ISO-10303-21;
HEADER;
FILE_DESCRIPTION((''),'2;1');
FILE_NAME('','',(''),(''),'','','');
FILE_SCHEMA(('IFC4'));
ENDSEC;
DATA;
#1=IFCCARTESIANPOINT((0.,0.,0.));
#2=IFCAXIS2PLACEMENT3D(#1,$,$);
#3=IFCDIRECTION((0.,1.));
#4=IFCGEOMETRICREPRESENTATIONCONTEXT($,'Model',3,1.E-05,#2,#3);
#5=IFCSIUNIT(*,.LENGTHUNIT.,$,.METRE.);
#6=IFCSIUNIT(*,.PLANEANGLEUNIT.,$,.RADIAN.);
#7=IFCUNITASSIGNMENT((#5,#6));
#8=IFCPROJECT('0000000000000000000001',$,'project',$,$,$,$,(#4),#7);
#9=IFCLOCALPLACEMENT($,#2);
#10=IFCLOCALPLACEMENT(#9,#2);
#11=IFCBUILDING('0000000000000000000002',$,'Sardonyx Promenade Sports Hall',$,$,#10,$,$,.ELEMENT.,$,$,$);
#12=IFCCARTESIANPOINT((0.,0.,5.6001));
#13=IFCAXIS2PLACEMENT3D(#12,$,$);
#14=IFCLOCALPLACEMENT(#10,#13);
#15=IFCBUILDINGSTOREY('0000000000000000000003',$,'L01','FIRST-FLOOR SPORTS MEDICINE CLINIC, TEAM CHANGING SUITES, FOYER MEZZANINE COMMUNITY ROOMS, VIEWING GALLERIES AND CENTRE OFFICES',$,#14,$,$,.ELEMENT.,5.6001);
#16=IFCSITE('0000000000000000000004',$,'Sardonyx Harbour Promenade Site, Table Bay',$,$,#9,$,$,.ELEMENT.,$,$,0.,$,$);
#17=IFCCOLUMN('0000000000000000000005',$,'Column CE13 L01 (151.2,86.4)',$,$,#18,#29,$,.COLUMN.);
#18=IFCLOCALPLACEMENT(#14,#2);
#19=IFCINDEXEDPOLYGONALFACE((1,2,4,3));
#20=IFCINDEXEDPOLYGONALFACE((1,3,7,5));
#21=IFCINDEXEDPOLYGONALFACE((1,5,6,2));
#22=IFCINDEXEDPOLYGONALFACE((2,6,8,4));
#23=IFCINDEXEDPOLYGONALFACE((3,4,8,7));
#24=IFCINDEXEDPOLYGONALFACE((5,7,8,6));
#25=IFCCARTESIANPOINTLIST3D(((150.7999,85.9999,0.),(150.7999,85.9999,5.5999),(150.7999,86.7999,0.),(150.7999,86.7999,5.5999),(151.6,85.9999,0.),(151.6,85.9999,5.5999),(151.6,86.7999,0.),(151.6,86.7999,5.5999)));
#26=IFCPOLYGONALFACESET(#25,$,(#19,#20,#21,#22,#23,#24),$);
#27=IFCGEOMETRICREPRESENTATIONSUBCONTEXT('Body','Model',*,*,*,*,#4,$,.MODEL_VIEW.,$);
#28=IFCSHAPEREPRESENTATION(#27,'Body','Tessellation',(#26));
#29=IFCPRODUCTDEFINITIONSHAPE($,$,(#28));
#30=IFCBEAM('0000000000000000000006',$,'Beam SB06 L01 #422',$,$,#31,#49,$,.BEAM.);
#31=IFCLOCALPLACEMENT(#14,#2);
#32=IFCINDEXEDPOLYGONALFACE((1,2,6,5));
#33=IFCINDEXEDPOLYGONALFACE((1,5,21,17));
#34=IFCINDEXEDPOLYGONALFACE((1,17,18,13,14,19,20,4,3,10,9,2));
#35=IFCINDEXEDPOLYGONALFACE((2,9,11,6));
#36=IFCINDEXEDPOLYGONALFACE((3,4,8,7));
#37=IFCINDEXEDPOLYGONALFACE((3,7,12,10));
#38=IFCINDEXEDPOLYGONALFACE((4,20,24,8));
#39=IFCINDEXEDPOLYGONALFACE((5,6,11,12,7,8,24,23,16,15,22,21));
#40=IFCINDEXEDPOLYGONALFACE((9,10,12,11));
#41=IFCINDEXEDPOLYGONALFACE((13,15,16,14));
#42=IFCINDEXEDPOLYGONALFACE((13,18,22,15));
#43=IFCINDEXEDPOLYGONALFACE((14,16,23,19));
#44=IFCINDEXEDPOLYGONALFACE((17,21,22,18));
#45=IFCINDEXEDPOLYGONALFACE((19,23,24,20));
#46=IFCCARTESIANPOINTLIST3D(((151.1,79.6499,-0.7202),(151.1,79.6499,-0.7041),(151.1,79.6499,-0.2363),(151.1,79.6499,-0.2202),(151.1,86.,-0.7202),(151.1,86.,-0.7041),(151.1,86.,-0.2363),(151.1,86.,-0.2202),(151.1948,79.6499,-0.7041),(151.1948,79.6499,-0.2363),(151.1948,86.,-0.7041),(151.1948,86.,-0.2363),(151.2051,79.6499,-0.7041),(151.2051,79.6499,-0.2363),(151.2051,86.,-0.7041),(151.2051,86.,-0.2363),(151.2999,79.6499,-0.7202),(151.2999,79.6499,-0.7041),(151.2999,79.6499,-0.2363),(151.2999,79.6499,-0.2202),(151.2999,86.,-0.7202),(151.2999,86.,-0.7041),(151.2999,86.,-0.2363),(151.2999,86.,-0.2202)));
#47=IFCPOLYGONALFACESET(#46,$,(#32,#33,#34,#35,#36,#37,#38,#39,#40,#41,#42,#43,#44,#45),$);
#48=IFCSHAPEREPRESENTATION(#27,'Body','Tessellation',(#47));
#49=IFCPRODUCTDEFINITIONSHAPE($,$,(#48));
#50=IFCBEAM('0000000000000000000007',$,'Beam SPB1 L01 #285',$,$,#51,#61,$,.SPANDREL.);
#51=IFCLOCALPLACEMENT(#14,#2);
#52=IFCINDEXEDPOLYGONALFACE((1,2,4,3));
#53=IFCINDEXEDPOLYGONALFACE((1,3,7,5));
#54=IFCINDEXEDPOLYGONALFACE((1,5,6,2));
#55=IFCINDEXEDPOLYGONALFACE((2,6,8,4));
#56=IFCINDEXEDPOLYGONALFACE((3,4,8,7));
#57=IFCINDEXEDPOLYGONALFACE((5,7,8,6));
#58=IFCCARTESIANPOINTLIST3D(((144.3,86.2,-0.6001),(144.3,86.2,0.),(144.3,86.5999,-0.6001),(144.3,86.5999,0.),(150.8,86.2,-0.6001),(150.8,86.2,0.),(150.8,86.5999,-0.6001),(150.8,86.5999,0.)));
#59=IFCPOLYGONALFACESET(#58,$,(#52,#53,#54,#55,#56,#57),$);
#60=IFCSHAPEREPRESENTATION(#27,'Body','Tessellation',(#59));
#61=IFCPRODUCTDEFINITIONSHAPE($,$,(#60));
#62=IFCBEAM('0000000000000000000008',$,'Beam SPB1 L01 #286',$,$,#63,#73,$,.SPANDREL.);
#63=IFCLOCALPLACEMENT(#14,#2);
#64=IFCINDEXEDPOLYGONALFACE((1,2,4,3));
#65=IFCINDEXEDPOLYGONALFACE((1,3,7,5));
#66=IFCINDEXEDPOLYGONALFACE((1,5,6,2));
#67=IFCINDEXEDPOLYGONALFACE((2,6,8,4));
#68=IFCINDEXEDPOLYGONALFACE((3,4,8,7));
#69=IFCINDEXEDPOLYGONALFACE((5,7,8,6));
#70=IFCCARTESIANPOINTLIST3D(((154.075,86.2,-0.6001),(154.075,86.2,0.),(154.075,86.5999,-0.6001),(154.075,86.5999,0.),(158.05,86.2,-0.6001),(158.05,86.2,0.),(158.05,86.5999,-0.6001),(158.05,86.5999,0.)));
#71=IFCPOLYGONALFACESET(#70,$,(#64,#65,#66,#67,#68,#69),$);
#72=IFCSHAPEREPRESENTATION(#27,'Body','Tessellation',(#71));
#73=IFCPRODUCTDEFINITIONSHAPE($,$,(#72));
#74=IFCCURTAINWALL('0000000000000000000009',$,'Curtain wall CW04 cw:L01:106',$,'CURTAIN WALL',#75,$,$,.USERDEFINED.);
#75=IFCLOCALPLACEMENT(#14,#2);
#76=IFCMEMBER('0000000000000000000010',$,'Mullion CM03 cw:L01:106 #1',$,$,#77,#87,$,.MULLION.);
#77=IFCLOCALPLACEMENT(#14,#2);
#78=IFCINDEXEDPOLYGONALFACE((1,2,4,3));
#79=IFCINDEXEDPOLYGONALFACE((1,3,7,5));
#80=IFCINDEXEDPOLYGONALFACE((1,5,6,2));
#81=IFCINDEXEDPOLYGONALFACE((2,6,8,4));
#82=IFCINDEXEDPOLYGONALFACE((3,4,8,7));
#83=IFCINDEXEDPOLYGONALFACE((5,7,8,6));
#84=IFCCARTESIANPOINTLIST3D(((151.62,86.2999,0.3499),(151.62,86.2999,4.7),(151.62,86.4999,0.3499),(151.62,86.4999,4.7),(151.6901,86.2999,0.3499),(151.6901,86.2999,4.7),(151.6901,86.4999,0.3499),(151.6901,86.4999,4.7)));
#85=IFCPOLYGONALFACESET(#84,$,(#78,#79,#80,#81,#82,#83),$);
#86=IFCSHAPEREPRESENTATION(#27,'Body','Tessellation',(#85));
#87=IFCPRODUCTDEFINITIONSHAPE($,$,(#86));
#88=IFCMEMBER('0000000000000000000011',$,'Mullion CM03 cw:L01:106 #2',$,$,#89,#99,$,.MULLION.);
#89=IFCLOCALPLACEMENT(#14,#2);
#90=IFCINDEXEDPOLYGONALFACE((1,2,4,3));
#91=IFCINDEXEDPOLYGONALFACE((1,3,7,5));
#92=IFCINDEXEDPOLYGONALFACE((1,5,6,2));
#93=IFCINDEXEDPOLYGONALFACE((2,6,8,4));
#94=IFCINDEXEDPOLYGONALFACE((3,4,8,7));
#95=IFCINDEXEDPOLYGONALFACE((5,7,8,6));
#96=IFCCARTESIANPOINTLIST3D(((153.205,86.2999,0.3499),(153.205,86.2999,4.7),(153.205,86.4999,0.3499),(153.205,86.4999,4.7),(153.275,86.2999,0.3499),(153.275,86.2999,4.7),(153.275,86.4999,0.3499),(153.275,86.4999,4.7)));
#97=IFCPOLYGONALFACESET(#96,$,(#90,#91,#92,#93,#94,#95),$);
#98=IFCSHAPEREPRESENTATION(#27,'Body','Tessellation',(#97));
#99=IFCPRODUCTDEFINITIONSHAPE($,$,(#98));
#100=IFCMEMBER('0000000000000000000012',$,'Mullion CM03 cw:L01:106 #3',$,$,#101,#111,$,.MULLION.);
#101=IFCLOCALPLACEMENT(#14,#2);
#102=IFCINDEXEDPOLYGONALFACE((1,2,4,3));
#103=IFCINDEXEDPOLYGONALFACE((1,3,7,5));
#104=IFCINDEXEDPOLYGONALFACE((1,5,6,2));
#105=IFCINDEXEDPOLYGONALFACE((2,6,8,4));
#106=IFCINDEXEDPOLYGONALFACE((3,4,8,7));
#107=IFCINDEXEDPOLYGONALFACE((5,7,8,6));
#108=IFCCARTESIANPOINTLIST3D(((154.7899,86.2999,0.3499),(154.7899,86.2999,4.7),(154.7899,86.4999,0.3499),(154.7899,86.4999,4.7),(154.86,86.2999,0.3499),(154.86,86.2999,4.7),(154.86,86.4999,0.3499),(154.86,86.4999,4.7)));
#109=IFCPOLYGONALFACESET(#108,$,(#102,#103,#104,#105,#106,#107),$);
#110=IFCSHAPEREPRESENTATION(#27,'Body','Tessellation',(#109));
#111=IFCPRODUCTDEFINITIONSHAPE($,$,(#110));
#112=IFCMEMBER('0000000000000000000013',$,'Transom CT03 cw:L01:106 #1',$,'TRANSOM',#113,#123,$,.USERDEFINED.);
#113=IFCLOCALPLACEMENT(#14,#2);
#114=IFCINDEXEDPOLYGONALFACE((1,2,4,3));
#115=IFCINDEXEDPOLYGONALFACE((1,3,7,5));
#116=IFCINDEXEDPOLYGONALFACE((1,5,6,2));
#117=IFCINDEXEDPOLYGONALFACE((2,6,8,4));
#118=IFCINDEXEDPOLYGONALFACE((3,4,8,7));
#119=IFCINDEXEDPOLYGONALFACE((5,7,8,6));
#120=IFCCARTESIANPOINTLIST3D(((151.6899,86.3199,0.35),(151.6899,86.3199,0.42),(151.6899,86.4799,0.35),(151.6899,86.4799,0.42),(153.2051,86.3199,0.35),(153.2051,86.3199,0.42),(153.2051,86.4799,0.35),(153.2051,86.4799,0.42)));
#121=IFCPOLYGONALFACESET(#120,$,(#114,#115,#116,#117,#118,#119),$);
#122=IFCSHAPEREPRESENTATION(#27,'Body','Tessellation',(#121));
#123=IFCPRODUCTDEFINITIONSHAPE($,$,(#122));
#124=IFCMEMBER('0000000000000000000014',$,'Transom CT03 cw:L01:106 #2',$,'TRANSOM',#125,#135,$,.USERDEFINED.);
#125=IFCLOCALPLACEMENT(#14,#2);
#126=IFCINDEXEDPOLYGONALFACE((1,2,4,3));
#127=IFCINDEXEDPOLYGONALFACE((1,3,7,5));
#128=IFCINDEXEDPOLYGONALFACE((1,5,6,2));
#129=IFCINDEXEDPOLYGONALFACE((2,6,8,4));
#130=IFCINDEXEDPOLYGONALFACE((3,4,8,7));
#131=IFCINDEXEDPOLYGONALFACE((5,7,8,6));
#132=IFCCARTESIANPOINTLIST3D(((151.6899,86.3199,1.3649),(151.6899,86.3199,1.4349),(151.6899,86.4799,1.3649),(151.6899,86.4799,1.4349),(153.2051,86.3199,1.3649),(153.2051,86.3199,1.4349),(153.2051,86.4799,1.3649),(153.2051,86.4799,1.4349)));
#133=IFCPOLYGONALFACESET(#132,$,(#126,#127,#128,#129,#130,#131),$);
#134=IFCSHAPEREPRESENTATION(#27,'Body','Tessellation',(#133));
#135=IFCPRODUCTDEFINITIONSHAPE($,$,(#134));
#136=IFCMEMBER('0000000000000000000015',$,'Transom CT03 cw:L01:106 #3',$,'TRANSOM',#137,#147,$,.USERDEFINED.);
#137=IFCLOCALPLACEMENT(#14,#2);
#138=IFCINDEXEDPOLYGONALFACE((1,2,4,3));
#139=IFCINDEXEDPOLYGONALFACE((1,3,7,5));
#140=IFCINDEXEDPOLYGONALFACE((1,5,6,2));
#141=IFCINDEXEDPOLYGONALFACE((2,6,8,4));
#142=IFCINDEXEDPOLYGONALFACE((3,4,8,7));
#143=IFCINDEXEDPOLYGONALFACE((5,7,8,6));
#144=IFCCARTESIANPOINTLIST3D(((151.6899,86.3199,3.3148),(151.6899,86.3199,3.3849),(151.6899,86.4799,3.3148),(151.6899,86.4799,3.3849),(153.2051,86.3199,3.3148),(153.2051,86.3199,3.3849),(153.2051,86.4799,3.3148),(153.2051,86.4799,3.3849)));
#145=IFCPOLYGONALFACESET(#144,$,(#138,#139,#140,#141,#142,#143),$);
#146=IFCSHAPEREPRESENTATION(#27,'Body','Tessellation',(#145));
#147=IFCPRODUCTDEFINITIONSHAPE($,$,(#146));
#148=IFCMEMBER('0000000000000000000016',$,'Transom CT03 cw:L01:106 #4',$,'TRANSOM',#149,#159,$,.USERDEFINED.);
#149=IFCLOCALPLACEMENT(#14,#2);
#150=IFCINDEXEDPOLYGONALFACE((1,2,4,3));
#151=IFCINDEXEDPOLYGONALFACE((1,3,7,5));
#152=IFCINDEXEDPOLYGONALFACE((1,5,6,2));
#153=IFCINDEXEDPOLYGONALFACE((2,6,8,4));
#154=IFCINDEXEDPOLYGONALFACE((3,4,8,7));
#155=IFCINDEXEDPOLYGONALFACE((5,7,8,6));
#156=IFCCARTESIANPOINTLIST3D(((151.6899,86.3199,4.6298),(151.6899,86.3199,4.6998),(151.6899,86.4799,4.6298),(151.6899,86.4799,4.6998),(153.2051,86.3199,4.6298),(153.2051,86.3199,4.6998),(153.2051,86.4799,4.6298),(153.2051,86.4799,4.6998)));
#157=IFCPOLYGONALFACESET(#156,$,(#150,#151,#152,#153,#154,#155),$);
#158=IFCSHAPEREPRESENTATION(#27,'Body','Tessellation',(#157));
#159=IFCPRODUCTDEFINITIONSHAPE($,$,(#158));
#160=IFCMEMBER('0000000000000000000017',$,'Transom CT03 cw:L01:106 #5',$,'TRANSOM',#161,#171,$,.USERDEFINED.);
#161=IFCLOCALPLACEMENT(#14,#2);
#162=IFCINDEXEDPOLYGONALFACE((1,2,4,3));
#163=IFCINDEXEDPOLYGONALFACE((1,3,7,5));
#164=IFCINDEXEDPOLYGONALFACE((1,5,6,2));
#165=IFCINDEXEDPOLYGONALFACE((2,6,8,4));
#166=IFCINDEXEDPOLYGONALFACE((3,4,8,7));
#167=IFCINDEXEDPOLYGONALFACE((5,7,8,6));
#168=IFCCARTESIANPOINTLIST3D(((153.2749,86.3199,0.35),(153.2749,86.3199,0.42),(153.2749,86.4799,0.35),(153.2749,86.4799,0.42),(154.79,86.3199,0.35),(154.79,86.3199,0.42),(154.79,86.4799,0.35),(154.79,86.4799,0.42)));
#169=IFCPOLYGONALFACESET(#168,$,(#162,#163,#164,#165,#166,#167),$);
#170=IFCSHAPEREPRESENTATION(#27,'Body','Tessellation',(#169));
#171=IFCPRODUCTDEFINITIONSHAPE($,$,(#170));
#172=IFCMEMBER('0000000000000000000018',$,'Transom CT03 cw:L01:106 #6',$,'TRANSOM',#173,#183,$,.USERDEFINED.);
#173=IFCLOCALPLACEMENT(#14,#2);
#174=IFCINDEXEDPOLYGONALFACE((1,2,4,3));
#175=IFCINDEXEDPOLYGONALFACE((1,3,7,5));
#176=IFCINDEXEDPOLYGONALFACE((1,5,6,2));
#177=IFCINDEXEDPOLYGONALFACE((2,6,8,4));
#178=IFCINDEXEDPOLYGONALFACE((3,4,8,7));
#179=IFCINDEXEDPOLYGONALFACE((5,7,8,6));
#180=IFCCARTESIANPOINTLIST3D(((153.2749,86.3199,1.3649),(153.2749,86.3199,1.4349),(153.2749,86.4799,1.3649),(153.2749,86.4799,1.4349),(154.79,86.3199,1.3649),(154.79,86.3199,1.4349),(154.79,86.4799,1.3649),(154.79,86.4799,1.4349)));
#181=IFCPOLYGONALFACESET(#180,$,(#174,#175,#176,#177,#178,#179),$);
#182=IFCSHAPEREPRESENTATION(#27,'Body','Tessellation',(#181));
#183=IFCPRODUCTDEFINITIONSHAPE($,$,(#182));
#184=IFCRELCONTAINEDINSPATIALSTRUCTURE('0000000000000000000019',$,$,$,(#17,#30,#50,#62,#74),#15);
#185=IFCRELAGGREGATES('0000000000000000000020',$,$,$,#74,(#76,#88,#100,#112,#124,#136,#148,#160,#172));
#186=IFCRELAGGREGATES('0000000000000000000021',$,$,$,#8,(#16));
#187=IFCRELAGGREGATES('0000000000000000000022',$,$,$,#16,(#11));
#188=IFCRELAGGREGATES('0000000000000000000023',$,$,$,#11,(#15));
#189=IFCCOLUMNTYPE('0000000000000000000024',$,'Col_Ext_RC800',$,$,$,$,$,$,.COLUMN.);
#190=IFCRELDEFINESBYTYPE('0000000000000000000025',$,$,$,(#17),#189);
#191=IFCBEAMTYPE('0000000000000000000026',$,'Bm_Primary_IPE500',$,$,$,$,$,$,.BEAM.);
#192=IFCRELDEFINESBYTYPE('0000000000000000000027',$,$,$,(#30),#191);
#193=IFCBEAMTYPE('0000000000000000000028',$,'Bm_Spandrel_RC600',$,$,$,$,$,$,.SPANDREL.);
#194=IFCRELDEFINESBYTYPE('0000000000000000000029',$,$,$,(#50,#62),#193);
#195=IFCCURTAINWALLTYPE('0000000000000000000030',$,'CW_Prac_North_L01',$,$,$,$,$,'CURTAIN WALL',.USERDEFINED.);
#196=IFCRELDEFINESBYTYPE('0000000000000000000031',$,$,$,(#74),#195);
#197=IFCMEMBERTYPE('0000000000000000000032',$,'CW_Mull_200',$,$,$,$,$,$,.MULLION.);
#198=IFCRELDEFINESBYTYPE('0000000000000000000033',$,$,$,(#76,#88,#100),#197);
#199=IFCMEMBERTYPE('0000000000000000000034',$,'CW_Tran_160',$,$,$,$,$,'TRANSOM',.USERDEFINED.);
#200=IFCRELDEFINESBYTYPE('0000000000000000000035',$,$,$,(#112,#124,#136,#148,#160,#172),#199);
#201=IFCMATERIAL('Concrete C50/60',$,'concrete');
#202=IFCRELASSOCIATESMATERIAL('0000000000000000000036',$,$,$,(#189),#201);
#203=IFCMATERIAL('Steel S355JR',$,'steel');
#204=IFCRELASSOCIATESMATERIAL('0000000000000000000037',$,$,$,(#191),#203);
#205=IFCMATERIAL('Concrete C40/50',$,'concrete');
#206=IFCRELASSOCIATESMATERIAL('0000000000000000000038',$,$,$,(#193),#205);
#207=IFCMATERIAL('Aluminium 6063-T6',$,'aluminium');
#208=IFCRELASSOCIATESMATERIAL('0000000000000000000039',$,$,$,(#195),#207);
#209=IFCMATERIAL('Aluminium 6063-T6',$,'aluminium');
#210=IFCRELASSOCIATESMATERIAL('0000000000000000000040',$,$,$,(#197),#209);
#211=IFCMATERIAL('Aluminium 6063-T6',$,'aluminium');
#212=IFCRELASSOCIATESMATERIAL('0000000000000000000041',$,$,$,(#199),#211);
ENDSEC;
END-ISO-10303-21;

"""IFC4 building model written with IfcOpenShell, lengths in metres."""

from ifc_helpers import new_model, si_unit, direction, frame, origin, origin_2d, place, context, subcontext, project, spatial, rectangle, i_section, extrude, material, material_profile, profile_set, type_object, element, aggregate, save


model = new_model("IFC4")

# Units and contexts
model_context = context("Model", 3, precision=1e-05, world=origin(), true_north=direction((0.0, 1.0)))
body_context = subcontext(model_context, "Body", "Model", "MODEL_VIEW")
ifc_project = project(units=[si_unit("LENGTHUNIT", "METRE"), si_unit("PLANEANGLEUNIT", "RADIAN")], contexts=[model_context])

# Site, building, storey
site_placement = place(None, origin())
site = spatial("IfcSite", under=ifc_project, at=site_placement, Name="Sardonyx Harbour Promenade Site, Table Bay", CompositionType="ELEMENT", RefElevation=0.0)
building_placement = place(site_placement, origin())
building = spatial("IfcBuilding", under=site, at=building_placement, Name="Sardonyx Promenade Sports Hall", CompositionType="ELEMENT")
storey_placement = place(building_placement, frame((0.0, 0.0, 5.6001)))
storey = spatial("IfcBuildingStorey", under=building, at=storey_placement, Name="L01", Description="FIRST-FLOOR SPORTS MEDICINE CLINIC, TEAM CHANGING SUITES, FOYER MEZZANINE COMMUNITY ROOMS, VIEWING GALLERIES AND CENTRE OFFICES", CompositionType="ELEMENT", Elevation=5.6001)

# Column
ifc_material_1 = material(Name="Concrete C50/60", Category="concrete")
ifc_material_profile_1 = material_profile(ifc_material_1, rectangle(XDim=0.8, YDim=0.8, at=origin_2d()))
ifc_profile_set_1 = profile_set([ifc_material_profile_1], Name="Concrete C50/60")
column_type = type_object("IfcColumnType", Name="Col_Ext_RC800", PredefinedType="COLUMN", material=ifc_profile_set_1)
column_placement = place(storey_placement, frame((151.2, 86.3999, 0.0), z_axis=(0.0, 0.0, 1.0), x_axis=(1.0, 0.0, 0.0)))
element("IfcColumn", 1, at=column_placement, inside=storey, type_object=column_type, Name="Column CE13 L01 (151.2,86.4)", PredefinedType="COLUMN", context=body_context, shape_type="SweptSolid", body=[
    extrude(rectangle(XDim=0.8, YDim=0.8, at=origin_2d()), origin(), (0.0, 0.0, 1.0), 5.5999),
])

# Beams
ifc_material_2 = material(Name="Steel S355JR", Category="steel")
ifc_material_profile_2 = material_profile(ifc_material_2, i_section(OverallWidth=0.2, OverallDepth=0.5, WebThickness=0.0103, FlangeThickness=0.0161, at=origin_2d()))
ifc_profile_set_2 = profile_set([ifc_material_profile_2], Name="Steel S355JR")
beam_type_1 = type_object("IfcBeamType", Name="Bm_Primary_IPE500", PredefinedType="BEAM", material=ifc_profile_set_2)
beam_1_placement = place(storey_placement, frame((151.2, 79.6499, -0.4702), z_axis=(0.0, 1.0, 0.0), x_axis=(-1.0, 0.0, 0.0)))
element("IfcBeam", 2, at=beam_1_placement, inside=storey, type_object=beam_type_1, Name="Beam SB06 L01 #422", PredefinedType="BEAM", context=body_context, shape_type="SweptSolid", body=[
    extrude(i_section(OverallWidth=0.2, OverallDepth=0.5, WebThickness=0.0103, FlangeThickness=0.0161, at=origin_2d()), origin(), (0.0, 0.0, 1.0), 6.3501),
])
ifc_material_3 = material(Name="Concrete C40/50", Category="concrete")
ifc_material_profile_3 = material_profile(ifc_material_3, rectangle(XDim=0.3999, YDim=0.6001, at=origin_2d()))
ifc_profile_set_3 = profile_set([ifc_material_profile_3], Name="Concrete C40/50")
beam_type_2 = type_object("IfcBeamType", Name="Bm_Spandrel_RC600", PredefinedType="SPANDREL", material=ifc_profile_set_3)
beam_2_placement = place(storey_placement, frame((144.3, 86.3999, -0.3), z_axis=(1.0, 0.0, 0.0), x_axis=(0.0, 1.0, 0.0)))
element("IfcBeam", 3, at=beam_2_placement, inside=storey, type_object=beam_type_2, Name="Beam SPB1 L01 #285", PredefinedType="SPANDREL", context=body_context, shape_type="SweptSolid", body=[
    extrude(rectangle(XDim=0.3999, YDim=0.6001, at=origin_2d()), origin(), (0.0, 0.0, 1.0), 6.5),
])
beam_3_placement = place(storey_placement, frame((154.075, 86.3999, -0.3), z_axis=(1.0, 0.0, 0.0), x_axis=(0.0, 1.0, 0.0)))
element("IfcBeam", 4, at=beam_3_placement, inside=storey, type_object=beam_type_2, Name="Beam SPB1 L01 #286", PredefinedType="SPANDREL", context=body_context, shape_type="SweptSolid", body=[
    extrude(rectangle(XDim=0.3999, YDim=0.6001, at=origin_2d()), origin(), (0.0, 0.0, 1.0), 3.9751),
])

# Curtain wall, members
ifc_material_4 = material(Name="Aluminium 6063-T6", Category="aluminium")
curtain_wall_type = type_object("IfcCurtainWallType", Name="CW_Prac_North_L01", ElementType="CURTAIN WALL", PredefinedType="USERDEFINED", material=ifc_material_4)
curtain_wall_placement = place(storey_placement, origin())
curtain_wall = element("IfcCurtainWall", 5, at=curtain_wall_placement, inside=storey, type_object=curtain_wall_type, Name="Curtain wall CW04 cw:L01:106", ObjectType="CURTAIN WALL", PredefinedType="USERDEFINED")
ifc_material_5 = material(Name="Aluminium 6063-T6", Category="aluminium")
ifc_material_profile_4 = material_profile(ifc_material_5, rectangle(XDim=0.0701, YDim=0.2, at=origin_2d()))
ifc_profile_set_4 = profile_set([ifc_material_profile_4], Name="Aluminium 6063-T6")
member_type_1 = type_object("IfcMemberType", Name="CW_Mull_200", PredefinedType="MULLION", material=ifc_profile_set_4)
member_1_placement = place(storey_placement, frame((151.655, 86.3999, 0.3499), z_axis=(0.0, 0.0, 1.0), x_axis=(1.0, 0.0, 0.0)))
member_1 = element("IfcMember", 6, at=member_1_placement, type_object=member_type_1, Name="Mullion CM03 cw:L01:106 #1", PredefinedType="MULLION", context=body_context, shape_type="SweptSolid", body=[
    extrude(rectangle(XDim=0.0701, YDim=0.2, at=origin_2d()), origin(), (0.0, 0.0, 1.0), 4.3501),
])
member_2_placement = place(storey_placement, frame((153.24, 86.3999, 0.3499), z_axis=(0.0, 0.0, 1.0), x_axis=(1.0, 0.0, 0.0)))
member_2 = element("IfcMember", 7, at=member_2_placement, type_object=member_type_1, Name="Mullion CM03 cw:L01:106 #2", PredefinedType="MULLION", context=body_context, shape_type="SweptSolid", body=[
    extrude(rectangle(XDim=0.0701, YDim=0.2, at=origin_2d()), origin(), (0.0, 0.0, 1.0), 4.3501),
])
member_3_placement = place(storey_placement, frame((154.825, 86.3999, 0.3499), z_axis=(0.0, 0.0, 1.0), x_axis=(1.0, 0.0, 0.0)))
member_3 = element("IfcMember", 8, at=member_3_placement, type_object=member_type_1, Name="Mullion CM03 cw:L01:106 #3", PredefinedType="MULLION", context=body_context, shape_type="SweptSolid", body=[
    extrude(rectangle(XDim=0.0701, YDim=0.2, at=origin_2d()), origin(), (0.0, 0.0, 1.0), 4.3501),
])
ifc_material_6 = material(Name="Aluminium 6063-T6", Category="aluminium")
ifc_material_profile_5 = material_profile(ifc_material_6, rectangle(XDim=0.0701, YDim=0.1599, at=origin_2d()))
ifc_profile_set_5 = profile_set([ifc_material_profile_5], Name="Aluminium 6063-T6")
member_type_2 = type_object("IfcMemberType", Name="CW_Tran_160", ElementType="TRANSOM", PredefinedType="USERDEFINED", material=ifc_profile_set_5)
member_4_placement = place(storey_placement, frame((151.6899, 86.3999, 0.385), z_axis=(1.0, 0.0, 0.0), x_axis=(0.0, 0.0, 1.0)))
member_4 = element("IfcMember", 9, at=member_4_placement, type_object=member_type_2, Name="Transom CT03 cw:L01:106 #1", ObjectType="TRANSOM", PredefinedType="USERDEFINED", context=body_context, shape_type="SweptSolid", body=[
    extrude(rectangle(XDim=0.0701, YDim=0.1599, at=origin_2d()), origin(), (0.0, 0.0, 1.0), 1.5151),
])
member_5_placement = place(storey_placement, frame((151.6899, 86.3999, 1.3999), z_axis=(1.0, 0.0, 0.0), x_axis=(0.0, 0.0, 1.0)))
member_5 = element("IfcMember", 10, at=member_5_placement, type_object=member_type_2, Name="Transom CT03 cw:L01:106 #2", ObjectType="TRANSOM", PredefinedType="USERDEFINED", context=body_context, shape_type="SweptSolid", body=[
    extrude(rectangle(XDim=0.0701, YDim=0.1599, at=origin_2d()), origin(), (0.0, 0.0, 1.0), 1.5151),
])
member_6_placement = place(storey_placement, frame((151.6899, 86.3999, 3.3499), z_axis=(1.0, 0.0, 0.0), x_axis=(0.0, 0.0, 1.0)))
member_6 = element("IfcMember", 11, at=member_6_placement, type_object=member_type_2, Name="Transom CT03 cw:L01:106 #3", ObjectType="TRANSOM", PredefinedType="USERDEFINED", context=body_context, shape_type="SweptSolid", body=[
    extrude(rectangle(XDim=0.0701, YDim=0.1599, at=origin_2d()), origin(), (0.0, 0.0, 1.0), 1.5151),
])
member_7_placement = place(storey_placement, frame((151.6899, 86.3999, 4.6648), z_axis=(1.0, 0.0, 0.0), x_axis=(0.0, 0.0, 1.0)))
member_7 = element("IfcMember", 12, at=member_7_placement, type_object=member_type_2, Name="Transom CT03 cw:L01:106 #4", ObjectType="TRANSOM", PredefinedType="USERDEFINED", context=body_context, shape_type="SweptSolid", body=[
    extrude(rectangle(XDim=0.0701, YDim=0.1599, at=origin_2d()), origin(), (0.0, 0.0, 1.0), 1.5151),
])
member_8_placement = place(storey_placement, frame((153.2749, 86.3999, 0.385), z_axis=(1.0, 0.0, 0.0), x_axis=(0.0, 0.0, 1.0)))
member_8 = element("IfcMember", 13, at=member_8_placement, type_object=member_type_2, Name="Transom CT03 cw:L01:106 #5", ObjectType="TRANSOM", PredefinedType="USERDEFINED", context=body_context, shape_type="SweptSolid", body=[
    extrude(rectangle(XDim=0.0701, YDim=0.1599, at=origin_2d()), origin(), (0.0, 0.0, 1.0), 1.5151),
])
member_9_placement = place(storey_placement, frame((153.2749, 86.3999, 1.3999), z_axis=(1.0, 0.0, 0.0), x_axis=(0.0, 0.0, 1.0)))
member_9 = element("IfcMember", 14, at=member_9_placement, type_object=member_type_2, Name="Transom CT03 cw:L01:106 #6", ObjectType="TRANSOM", PredefinedType="USERDEFINED", context=body_context, shape_type="SweptSolid", body=[
    extrude(rectangle(XDim=0.0701, YDim=0.1599, at=origin_2d()), origin(), (0.0, 0.0, 1.0), 1.5151),
])
aggregate(curtain_wall, [member_1, member_2, member_3, member_4, member_5, member_6, member_7, member_8, member_9])

save(model, "model.ifc")
